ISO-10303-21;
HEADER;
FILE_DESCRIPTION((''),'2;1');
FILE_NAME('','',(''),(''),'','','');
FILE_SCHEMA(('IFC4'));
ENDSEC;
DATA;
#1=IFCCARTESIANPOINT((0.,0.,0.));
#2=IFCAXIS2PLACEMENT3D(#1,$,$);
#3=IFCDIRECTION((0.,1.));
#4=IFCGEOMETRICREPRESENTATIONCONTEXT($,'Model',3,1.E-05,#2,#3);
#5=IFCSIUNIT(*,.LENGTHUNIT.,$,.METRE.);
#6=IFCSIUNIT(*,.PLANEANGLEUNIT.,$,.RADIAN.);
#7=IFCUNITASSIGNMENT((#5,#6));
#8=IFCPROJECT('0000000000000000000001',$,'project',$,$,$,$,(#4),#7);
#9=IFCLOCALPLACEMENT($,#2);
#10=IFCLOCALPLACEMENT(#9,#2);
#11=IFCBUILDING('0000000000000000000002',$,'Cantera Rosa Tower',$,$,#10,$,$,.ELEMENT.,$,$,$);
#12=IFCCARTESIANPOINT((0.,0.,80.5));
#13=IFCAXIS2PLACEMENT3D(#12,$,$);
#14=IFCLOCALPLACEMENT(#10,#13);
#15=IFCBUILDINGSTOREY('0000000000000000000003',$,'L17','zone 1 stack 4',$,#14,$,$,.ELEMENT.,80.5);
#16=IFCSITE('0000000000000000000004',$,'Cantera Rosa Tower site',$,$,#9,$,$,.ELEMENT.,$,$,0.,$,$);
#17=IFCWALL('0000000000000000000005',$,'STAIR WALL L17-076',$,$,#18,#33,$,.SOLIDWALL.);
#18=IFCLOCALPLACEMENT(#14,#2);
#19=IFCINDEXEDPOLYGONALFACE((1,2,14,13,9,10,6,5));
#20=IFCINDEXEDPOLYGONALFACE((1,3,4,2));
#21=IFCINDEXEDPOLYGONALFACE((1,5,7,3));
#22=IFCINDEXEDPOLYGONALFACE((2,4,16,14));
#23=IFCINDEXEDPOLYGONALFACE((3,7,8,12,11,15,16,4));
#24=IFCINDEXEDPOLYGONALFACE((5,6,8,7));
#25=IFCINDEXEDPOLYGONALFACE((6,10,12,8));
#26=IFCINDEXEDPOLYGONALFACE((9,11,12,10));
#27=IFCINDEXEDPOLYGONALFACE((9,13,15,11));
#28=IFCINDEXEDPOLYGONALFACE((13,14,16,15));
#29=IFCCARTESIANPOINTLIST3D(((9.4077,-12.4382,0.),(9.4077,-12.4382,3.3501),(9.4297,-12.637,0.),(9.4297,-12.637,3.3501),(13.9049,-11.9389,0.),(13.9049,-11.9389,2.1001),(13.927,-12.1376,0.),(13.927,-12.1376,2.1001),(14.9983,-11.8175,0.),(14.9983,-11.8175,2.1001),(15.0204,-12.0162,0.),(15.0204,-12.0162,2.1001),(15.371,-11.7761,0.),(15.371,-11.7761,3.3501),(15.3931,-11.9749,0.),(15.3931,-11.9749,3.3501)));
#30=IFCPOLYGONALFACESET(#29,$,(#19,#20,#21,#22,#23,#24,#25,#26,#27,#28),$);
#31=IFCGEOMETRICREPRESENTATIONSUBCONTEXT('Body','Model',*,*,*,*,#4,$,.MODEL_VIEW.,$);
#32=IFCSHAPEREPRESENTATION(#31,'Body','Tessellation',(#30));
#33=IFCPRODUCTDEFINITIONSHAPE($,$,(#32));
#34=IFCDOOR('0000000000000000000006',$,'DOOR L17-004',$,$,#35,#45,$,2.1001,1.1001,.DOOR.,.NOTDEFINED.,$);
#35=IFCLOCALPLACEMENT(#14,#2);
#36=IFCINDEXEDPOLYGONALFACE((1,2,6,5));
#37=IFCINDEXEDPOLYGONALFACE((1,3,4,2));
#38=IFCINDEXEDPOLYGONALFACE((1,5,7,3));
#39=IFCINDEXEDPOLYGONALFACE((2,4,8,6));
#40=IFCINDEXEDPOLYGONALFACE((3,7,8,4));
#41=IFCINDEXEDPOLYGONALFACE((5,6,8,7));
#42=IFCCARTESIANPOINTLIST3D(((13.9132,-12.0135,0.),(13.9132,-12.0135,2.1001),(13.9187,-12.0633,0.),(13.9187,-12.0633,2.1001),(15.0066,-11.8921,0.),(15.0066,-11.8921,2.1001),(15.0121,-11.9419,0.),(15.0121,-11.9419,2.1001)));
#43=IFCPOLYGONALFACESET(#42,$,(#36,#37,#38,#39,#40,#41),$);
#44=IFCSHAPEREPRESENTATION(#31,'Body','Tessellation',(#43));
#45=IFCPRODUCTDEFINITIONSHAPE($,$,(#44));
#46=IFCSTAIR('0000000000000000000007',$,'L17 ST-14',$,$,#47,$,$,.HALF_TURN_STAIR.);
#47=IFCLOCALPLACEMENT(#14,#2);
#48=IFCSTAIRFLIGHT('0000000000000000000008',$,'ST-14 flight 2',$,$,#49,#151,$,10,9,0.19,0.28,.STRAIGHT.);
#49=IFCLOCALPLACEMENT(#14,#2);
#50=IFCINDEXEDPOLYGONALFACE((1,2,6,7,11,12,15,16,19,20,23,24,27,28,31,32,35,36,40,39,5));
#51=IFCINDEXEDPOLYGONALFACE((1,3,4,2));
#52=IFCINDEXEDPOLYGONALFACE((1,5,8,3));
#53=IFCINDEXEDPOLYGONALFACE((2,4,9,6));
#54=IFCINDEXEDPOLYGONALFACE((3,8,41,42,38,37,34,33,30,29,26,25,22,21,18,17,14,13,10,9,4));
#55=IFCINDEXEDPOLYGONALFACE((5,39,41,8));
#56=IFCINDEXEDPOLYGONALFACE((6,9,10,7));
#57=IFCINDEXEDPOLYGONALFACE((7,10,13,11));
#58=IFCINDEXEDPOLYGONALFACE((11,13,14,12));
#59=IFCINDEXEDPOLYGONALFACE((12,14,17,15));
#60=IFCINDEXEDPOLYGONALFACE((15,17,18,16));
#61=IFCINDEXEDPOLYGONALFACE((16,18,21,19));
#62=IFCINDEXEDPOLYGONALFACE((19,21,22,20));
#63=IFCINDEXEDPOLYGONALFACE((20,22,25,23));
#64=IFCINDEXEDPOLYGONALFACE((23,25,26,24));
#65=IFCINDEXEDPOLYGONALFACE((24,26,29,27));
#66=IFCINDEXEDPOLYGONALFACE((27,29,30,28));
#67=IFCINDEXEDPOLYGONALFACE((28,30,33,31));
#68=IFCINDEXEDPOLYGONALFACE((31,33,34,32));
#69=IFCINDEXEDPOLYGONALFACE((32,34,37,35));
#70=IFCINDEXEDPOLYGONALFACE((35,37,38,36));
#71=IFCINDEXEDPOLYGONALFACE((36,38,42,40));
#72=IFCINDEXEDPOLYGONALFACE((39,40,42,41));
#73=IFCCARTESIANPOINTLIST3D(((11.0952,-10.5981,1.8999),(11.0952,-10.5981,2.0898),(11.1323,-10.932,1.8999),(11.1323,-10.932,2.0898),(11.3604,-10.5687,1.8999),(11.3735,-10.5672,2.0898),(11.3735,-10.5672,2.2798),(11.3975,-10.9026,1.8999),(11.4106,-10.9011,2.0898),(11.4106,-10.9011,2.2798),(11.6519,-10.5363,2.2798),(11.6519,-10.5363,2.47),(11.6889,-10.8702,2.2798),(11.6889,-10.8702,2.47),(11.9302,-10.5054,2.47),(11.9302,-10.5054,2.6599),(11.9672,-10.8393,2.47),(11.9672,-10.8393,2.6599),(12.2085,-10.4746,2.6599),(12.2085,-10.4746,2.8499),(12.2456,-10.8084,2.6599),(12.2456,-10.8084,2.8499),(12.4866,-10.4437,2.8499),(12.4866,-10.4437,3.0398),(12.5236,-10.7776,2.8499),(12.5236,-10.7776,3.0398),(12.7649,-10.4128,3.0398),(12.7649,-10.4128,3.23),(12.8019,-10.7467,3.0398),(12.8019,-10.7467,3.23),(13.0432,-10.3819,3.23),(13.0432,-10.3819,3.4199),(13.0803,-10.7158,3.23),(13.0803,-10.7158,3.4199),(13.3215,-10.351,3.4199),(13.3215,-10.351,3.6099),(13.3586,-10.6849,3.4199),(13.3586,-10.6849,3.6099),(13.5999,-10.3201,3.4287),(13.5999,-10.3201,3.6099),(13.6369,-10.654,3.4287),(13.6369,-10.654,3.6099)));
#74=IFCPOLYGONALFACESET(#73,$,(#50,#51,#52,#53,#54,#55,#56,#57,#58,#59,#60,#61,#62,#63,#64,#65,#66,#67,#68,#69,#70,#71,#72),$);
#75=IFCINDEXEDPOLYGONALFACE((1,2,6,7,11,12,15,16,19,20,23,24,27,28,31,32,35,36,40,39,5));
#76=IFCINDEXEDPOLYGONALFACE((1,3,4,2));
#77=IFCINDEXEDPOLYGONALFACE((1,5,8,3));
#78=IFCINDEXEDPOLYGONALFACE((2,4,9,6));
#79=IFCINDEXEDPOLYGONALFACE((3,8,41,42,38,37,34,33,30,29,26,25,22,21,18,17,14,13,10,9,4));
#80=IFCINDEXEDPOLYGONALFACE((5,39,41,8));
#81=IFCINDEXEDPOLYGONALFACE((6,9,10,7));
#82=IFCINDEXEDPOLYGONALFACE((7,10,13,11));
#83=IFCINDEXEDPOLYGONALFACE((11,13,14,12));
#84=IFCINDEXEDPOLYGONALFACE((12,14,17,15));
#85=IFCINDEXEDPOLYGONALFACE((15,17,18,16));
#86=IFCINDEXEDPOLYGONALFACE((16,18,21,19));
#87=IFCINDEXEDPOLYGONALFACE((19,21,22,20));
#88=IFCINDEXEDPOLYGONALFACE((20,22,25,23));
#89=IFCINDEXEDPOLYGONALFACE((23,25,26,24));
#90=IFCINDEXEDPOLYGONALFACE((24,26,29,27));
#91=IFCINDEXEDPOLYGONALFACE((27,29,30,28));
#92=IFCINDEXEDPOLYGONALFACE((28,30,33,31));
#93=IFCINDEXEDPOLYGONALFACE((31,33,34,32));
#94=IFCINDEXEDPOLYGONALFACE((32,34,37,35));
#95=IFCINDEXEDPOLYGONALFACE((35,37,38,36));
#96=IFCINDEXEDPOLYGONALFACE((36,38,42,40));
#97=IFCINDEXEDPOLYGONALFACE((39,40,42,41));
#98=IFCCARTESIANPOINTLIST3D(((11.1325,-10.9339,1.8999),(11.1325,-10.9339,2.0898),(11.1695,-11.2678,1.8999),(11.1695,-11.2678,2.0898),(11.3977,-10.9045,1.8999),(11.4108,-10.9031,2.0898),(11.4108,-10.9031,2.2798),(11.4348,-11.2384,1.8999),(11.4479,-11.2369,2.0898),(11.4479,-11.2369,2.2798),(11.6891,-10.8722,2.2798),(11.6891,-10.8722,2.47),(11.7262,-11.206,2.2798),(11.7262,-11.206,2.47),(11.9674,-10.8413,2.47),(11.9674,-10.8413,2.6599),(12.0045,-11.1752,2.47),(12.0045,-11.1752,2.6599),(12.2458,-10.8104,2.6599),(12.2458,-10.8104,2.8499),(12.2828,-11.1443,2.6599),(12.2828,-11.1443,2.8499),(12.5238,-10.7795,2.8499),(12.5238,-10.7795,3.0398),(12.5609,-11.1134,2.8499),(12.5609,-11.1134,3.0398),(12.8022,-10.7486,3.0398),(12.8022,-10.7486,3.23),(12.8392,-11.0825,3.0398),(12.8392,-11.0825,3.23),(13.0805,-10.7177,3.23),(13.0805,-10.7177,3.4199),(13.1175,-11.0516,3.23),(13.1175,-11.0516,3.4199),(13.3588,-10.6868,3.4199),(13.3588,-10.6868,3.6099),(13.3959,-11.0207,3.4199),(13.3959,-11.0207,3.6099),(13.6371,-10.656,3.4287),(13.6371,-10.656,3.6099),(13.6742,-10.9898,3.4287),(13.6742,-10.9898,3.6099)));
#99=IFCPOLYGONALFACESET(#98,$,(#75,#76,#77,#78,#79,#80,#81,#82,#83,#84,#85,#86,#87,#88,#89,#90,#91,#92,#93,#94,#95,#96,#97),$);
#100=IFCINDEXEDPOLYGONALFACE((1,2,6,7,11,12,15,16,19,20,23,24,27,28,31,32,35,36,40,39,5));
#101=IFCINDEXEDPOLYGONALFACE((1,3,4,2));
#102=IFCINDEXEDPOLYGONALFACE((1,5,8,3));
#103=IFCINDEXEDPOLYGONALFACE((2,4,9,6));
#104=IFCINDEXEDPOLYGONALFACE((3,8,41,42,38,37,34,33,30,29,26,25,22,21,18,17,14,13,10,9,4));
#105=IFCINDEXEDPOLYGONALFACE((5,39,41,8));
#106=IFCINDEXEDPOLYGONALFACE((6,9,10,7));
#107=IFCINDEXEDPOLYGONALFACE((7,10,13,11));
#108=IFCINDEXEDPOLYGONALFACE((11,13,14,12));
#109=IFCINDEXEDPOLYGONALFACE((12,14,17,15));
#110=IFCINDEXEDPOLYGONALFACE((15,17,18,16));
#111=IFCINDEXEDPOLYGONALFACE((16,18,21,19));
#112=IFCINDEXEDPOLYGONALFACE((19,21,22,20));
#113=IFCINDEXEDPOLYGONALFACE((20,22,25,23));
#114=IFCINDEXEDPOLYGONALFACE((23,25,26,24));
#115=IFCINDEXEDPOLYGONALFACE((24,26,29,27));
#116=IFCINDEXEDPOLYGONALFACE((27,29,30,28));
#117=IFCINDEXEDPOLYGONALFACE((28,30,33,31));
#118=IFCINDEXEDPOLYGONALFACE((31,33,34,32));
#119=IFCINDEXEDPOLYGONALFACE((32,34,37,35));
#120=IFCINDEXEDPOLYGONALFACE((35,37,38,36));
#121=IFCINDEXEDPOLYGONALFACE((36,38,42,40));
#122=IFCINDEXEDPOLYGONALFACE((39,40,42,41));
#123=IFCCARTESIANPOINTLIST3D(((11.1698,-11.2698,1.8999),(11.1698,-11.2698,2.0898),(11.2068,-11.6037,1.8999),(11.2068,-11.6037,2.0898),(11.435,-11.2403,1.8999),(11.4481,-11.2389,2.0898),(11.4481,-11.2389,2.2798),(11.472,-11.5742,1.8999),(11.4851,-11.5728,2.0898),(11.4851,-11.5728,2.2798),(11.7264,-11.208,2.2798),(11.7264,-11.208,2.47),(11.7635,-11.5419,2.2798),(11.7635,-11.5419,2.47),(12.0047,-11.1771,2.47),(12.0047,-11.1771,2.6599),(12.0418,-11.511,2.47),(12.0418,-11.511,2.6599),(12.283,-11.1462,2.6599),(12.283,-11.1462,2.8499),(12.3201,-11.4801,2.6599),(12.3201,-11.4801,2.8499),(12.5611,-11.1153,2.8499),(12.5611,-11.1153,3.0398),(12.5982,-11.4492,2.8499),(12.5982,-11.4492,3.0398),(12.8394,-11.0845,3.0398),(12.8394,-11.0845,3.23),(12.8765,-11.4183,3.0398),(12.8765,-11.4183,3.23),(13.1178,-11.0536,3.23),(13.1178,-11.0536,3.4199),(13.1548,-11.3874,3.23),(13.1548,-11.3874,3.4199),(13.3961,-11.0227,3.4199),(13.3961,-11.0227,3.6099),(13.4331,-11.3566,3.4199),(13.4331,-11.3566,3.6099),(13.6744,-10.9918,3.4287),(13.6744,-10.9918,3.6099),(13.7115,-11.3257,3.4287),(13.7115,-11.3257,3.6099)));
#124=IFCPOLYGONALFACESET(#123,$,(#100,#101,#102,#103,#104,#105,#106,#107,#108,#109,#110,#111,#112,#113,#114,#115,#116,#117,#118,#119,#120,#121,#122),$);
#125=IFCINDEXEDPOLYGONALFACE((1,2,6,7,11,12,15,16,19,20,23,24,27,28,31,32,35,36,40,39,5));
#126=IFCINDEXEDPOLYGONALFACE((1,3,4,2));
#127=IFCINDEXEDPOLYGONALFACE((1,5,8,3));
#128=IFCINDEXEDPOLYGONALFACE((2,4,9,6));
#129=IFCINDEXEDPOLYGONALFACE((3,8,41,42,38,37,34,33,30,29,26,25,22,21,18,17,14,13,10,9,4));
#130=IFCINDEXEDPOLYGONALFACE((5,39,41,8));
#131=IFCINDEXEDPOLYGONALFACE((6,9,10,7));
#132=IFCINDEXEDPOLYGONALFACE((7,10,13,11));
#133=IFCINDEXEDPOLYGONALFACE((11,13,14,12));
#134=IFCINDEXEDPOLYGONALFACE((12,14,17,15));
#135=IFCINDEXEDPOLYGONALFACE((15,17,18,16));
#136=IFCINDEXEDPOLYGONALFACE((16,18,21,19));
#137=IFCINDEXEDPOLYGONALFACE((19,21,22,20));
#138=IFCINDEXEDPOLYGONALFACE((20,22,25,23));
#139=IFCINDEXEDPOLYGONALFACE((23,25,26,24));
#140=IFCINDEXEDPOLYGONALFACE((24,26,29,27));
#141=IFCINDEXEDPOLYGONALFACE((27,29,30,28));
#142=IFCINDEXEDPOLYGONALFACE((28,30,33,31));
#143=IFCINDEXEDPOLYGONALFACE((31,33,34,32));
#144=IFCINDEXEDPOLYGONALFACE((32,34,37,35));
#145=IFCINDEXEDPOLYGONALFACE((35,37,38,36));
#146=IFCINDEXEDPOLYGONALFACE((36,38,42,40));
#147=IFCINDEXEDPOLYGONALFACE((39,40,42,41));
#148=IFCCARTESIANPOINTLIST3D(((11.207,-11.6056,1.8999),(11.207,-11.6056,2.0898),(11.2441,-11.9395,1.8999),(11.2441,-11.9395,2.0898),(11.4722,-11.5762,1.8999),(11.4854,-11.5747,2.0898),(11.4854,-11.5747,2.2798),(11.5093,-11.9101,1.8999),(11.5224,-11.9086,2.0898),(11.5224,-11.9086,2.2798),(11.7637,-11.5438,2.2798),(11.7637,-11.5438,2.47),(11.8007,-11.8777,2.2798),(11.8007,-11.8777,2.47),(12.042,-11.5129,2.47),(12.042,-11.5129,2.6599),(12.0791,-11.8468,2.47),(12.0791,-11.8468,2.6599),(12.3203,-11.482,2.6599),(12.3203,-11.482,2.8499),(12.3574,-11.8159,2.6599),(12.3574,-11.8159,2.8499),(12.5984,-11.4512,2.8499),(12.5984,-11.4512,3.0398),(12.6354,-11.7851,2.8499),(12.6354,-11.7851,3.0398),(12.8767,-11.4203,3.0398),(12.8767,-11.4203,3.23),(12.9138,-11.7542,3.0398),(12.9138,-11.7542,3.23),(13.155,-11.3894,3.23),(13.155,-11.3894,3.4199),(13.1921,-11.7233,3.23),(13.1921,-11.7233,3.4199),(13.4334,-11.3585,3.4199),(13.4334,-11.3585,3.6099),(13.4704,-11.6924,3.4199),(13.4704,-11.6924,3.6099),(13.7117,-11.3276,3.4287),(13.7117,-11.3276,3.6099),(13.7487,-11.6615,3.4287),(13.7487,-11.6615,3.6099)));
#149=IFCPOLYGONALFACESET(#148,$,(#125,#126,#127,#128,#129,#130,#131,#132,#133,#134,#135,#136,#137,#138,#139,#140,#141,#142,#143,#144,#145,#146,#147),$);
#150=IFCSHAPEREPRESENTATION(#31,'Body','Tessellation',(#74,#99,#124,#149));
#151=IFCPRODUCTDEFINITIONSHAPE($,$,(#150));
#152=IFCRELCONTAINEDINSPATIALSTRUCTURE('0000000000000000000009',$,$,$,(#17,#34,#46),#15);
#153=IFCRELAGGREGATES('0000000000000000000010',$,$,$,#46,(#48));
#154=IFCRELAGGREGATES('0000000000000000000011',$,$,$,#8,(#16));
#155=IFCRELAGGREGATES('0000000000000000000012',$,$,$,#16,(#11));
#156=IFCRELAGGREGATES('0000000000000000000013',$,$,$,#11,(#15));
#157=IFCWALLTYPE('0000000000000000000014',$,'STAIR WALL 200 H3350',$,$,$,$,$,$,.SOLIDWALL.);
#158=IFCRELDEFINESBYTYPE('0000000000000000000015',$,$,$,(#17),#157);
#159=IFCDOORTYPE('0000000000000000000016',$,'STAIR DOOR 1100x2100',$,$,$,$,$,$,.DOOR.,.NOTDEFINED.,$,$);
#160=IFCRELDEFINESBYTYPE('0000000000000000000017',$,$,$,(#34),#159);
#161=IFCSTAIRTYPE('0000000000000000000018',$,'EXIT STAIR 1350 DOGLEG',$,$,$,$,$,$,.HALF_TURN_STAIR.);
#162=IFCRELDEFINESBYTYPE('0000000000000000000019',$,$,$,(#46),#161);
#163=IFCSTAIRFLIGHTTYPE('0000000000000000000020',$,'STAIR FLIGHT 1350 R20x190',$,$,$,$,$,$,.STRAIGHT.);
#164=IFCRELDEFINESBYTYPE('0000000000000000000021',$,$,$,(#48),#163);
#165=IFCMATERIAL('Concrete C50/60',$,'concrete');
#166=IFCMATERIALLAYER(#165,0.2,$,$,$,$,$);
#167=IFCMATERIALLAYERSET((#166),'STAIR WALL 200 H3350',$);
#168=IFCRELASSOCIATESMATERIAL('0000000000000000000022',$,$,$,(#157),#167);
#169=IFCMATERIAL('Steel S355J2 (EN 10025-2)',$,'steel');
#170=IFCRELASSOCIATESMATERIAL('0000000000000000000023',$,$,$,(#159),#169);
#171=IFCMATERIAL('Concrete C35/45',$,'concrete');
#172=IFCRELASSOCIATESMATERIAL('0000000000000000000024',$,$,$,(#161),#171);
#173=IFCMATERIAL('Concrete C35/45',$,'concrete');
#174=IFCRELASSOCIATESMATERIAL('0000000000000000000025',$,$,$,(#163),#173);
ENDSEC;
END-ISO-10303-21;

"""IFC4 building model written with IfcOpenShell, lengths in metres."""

from ifc_helpers import new_model, si_unit, direction, frame, frame_2d, origin, place, context, subcontext, project, spatial, polyline, rectangle, outline, extrude, material, layer, layer_set, type_object, element, fill, aggregate, save


model = new_model("IFC4")

# Units and contexts
model_context = context("Model", 3, precision=1e-05, world=origin(), true_north=direction((0.0, 1.0)))
body_context = subcontext(model_context, "Body", "Model", "MODEL_VIEW")
ifc_project = project(units=[si_unit("LENGTHUNIT", "METRE"), si_unit("PLANEANGLEUNIT", "RADIAN")], contexts=[model_context])

# Site, building, storey
site_placement = place(None, origin())
site = spatial("IfcSite", under=ifc_project, at=site_placement, Name="Cantera Rosa Tower site", CompositionType="ELEMENT", RefElevation=0.0)
building_placement = place(site_placement, origin())
building = spatial("IfcBuilding", under=site, at=building_placement, Name="Cantera Rosa Tower", CompositionType="ELEMENT")
storey_placement = place(building_placement, frame((0.0, 0.0, 80.5)))
storey = spatial("IfcBuildingStorey", under=building, at=storey_placement, Name="L17", Description="zone 1 stack 4", CompositionType="ELEMENT", Elevation=80.5)

# Shared definitions
ifc_material_1 = material(Name="Concrete C50/60", Category="concrete")
ifc_layer_1 = layer(ifc_material_1, 0.2)
ifc_layer_set_1 = layer_set([ifc_layer_1], Name="STAIR WALL 200 H3350")
wall_type_1 = type_object("IfcWallType", Name="STAIR WALL 200 H3350", PredefinedType="SOLIDWALL", material=ifc_layer_set_1)

# Wall, opening, door
wall_1_placement = place(storey_placement, frame((9.4187, -12.5376, 0.0), z_axis=(0.0, 0.0, 1.0), x_axis=(0.993893, 0.110351, 0.0)))
wall_1 = element("IfcWall", 1, at=wall_1_placement, inside=storey, type_object=wall_type_1, Name="STAIR WALL L17-076", PredefinedType="SOLIDWALL", context=body_context, shape_type="SweptSolid", body=[
    extrude(rectangle(XDim=6.0, YDim=0.2, at=frame_2d((3.0, 0.0))), origin(), (0.0, 0.0, 1.0), 3.3501),
])
opening_1_placement = place(wall_1_placement, frame((4.5249, 0.0, 0.0)))
opening_1 = element("IfcOpeningElement", 2, at=opening_1_placement, cuts=wall_1, PredefinedType="OPENING", context=body_context, shape_type="SweptSolid", body=[
    extrude(rectangle(XDim=1.1001, YDim=2.1001, at=frame_2d((0.55, 1.05))), frame((0.0, 0.1099, 0.0), z_axis=(0.0, -1.0, 0.0), x_axis=(1.0, 0.0, 0.0)), (0.0, 0.0, 1.0), 0.22),
])
ifc_material_2 = material(Name="Steel S355J2 (EN 10025-2)", Category="steel")
door_type_1 = type_object("IfcDoorType", Name="STAIR DOOR 1100x2100", OperationType="NOTDEFINED", PredefinedType="DOOR", material=ifc_material_2)
door_1_placement = place(opening_1_placement, origin())
door_1 = element("IfcDoor", 3, at=door_1_placement, inside=storey, type_object=door_type_1, Name="DOOR L17-004", OperationType="NOTDEFINED", OverallHeight=2.1001, OverallWidth=1.1001, PredefinedType="DOOR", context=body_context, shape_type="SweptSolid", body=[
    extrude(rectangle(XDim=1.1001, YDim=2.1001, at=frame_2d((0.55, 1.05))), frame((0.0, 0.0249, 0.0), z_axis=(0.0, -1.0, 0.0), x_axis=(1.0, 0.0, 0.0)), (0.0, 0.0, 1.0), 0.05),
])
fill(opening_1, door_1)

# Stair, stair flight
ifc_material_3 = material(Name="Concrete C35/45", Category="concrete")
stair_type = type_object("IfcStairType", Name="EXIT STAIR 1350 DOGLEG", PredefinedType="HALF_TURN_STAIR", material=ifc_material_3)
stair_placement = place(storey_placement, origin())
stair = element("IfcStair", 4, at=stair_placement, inside=storey, type_object=stair_type, Name="L17 ST-14", PredefinedType="HALF_TURN_STAIR")
ifc_material_4 = material(Name="Concrete C35/45", Category="concrete")
stair_flight_type = type_object("IfcStairFlightType", Name="STAIR FLIGHT 1350 R20x190", PredefinedType="STRAIGHT", material=ifc_material_4)
stair_flight_placement = place(storey_placement, frame((11.1697, -11.269, 1.8999), z_axis=(0.0, 0.0, 1.0), x_axis=(0.993897, 0.110313, 0.0)))
stair_flight = element("IfcStairFlight", 5, at=stair_flight_placement, type_object=stair_flight_type, Name="ST-14 flight 2", NumberOfRisers=10, NumberOfTreads=9, PredefinedType="STRAIGHT", RiserHeight=0.19, TreadLength=0.28, context=body_context, shape_type="SweptSolid", body=[
    extrude(outline(polyline([(0.0, 0.0), (0.0, 0.1899), (0.28, 0.1899), (0.28, 0.3799), (0.5601, 0.3799), (0.5601, 0.5701), (0.8401, 0.5701), (0.8401, 0.76), (1.1201, 0.76), (1.1201, 0.95), (1.3999, 0.95), (1.3999, 1.1399), (1.6799, 1.1399), (1.6799, 1.3301), (1.96, 1.3301), (1.96, 1.52), (2.24, 1.52), (2.24, 1.71), (2.52, 1.71), (2.52, 1.8999), (2.52, 1.5288), (0.2668, 0.0), (0.0, 0.0)])), frame((0.0, 0.675, 0.0), z_axis=(0.0, -1.0, 0.0), x_axis=(1.0, 0.0, 0.0)), (0.0, 0.0, 1.0), 0.3359),
    extrude(outline(polyline([(0.0, 0.0), (0.0, 0.1899), (0.28, 0.1899), (0.28, 0.3799), (0.5601, 0.3799), (0.5601, 0.5701), (0.8401, 0.5701), (0.8401, 0.76), (1.1201, 0.76), (1.1201, 0.95), (1.3999, 0.95), (1.3999, 1.1399), (1.6799, 1.1399), (1.6799, 1.3301), (1.96, 1.3301), (1.96, 1.52), (2.24, 1.52), (2.24, 1.71), (2.52, 1.71), (2.52, 1.8999), (2.52, 1.5288), (0.2668, 0.0), (0.0, 0.0)])), frame((0.0, 0.3372, 0.0), z_axis=(0.0, -1.0, 0.0), x_axis=(1.0, 0.0, 0.0)), (0.0, 0.0, 1.0), 0.3359),
    extrude(outline(polyline([(0.0, 0.0), (0.0, 0.1899), (0.28, 0.1899), (0.28, 0.3799), (0.5601, 0.3799), (0.5601, 0.5701), (0.8401, 0.5701), (0.8401, 0.76), (1.1201, 0.76), (1.1201, 0.95), (1.3999, 0.95), (1.3999, 1.1399), (1.6799, 1.1399), (1.6799, 1.3301), (1.96, 1.3301), (1.96, 1.52), (2.24, 1.52), (2.24, 1.71), (2.52, 1.71), (2.52, 1.8999), (2.52, 1.5288), (0.2668, 0.0), (0.0, 0.0)])), frame((0.0, -0.0007, 0.0), z_axis=(0.0, -1.0, 0.0), x_axis=(1.0, 0.0, 0.0)), (0.0, 0.0, 1.0), 0.3359),
    extrude(outline(polyline([(0.0, 0.0), (0.0, 0.1899), (0.28, 0.1899), (0.28, 0.3799), (0.5601, 0.3799), (0.5601, 0.5701), (0.8401, 0.5701), (0.8401, 0.76), (1.1201, 0.76), (1.1201, 0.95), (1.3999, 0.95), (1.3999, 1.1399), (1.6799, 1.1399), (1.6799, 1.3301), (1.96, 1.3301), (1.96, 1.52), (2.24, 1.52), (2.24, 1.71), (2.52, 1.71), (2.52, 1.8999), (2.52, 1.5288), (0.2668, 0.0), (0.0, 0.0)])), frame((0.0, -0.3386, 0.0), z_axis=(0.0, -1.0, 0.0), x_axis=(1.0, 0.0, 0.0)), (0.0, 0.0, 1.0), 0.3359),
])
aggregate(stair, [stair_flight])

save(model, "model.ifc")
